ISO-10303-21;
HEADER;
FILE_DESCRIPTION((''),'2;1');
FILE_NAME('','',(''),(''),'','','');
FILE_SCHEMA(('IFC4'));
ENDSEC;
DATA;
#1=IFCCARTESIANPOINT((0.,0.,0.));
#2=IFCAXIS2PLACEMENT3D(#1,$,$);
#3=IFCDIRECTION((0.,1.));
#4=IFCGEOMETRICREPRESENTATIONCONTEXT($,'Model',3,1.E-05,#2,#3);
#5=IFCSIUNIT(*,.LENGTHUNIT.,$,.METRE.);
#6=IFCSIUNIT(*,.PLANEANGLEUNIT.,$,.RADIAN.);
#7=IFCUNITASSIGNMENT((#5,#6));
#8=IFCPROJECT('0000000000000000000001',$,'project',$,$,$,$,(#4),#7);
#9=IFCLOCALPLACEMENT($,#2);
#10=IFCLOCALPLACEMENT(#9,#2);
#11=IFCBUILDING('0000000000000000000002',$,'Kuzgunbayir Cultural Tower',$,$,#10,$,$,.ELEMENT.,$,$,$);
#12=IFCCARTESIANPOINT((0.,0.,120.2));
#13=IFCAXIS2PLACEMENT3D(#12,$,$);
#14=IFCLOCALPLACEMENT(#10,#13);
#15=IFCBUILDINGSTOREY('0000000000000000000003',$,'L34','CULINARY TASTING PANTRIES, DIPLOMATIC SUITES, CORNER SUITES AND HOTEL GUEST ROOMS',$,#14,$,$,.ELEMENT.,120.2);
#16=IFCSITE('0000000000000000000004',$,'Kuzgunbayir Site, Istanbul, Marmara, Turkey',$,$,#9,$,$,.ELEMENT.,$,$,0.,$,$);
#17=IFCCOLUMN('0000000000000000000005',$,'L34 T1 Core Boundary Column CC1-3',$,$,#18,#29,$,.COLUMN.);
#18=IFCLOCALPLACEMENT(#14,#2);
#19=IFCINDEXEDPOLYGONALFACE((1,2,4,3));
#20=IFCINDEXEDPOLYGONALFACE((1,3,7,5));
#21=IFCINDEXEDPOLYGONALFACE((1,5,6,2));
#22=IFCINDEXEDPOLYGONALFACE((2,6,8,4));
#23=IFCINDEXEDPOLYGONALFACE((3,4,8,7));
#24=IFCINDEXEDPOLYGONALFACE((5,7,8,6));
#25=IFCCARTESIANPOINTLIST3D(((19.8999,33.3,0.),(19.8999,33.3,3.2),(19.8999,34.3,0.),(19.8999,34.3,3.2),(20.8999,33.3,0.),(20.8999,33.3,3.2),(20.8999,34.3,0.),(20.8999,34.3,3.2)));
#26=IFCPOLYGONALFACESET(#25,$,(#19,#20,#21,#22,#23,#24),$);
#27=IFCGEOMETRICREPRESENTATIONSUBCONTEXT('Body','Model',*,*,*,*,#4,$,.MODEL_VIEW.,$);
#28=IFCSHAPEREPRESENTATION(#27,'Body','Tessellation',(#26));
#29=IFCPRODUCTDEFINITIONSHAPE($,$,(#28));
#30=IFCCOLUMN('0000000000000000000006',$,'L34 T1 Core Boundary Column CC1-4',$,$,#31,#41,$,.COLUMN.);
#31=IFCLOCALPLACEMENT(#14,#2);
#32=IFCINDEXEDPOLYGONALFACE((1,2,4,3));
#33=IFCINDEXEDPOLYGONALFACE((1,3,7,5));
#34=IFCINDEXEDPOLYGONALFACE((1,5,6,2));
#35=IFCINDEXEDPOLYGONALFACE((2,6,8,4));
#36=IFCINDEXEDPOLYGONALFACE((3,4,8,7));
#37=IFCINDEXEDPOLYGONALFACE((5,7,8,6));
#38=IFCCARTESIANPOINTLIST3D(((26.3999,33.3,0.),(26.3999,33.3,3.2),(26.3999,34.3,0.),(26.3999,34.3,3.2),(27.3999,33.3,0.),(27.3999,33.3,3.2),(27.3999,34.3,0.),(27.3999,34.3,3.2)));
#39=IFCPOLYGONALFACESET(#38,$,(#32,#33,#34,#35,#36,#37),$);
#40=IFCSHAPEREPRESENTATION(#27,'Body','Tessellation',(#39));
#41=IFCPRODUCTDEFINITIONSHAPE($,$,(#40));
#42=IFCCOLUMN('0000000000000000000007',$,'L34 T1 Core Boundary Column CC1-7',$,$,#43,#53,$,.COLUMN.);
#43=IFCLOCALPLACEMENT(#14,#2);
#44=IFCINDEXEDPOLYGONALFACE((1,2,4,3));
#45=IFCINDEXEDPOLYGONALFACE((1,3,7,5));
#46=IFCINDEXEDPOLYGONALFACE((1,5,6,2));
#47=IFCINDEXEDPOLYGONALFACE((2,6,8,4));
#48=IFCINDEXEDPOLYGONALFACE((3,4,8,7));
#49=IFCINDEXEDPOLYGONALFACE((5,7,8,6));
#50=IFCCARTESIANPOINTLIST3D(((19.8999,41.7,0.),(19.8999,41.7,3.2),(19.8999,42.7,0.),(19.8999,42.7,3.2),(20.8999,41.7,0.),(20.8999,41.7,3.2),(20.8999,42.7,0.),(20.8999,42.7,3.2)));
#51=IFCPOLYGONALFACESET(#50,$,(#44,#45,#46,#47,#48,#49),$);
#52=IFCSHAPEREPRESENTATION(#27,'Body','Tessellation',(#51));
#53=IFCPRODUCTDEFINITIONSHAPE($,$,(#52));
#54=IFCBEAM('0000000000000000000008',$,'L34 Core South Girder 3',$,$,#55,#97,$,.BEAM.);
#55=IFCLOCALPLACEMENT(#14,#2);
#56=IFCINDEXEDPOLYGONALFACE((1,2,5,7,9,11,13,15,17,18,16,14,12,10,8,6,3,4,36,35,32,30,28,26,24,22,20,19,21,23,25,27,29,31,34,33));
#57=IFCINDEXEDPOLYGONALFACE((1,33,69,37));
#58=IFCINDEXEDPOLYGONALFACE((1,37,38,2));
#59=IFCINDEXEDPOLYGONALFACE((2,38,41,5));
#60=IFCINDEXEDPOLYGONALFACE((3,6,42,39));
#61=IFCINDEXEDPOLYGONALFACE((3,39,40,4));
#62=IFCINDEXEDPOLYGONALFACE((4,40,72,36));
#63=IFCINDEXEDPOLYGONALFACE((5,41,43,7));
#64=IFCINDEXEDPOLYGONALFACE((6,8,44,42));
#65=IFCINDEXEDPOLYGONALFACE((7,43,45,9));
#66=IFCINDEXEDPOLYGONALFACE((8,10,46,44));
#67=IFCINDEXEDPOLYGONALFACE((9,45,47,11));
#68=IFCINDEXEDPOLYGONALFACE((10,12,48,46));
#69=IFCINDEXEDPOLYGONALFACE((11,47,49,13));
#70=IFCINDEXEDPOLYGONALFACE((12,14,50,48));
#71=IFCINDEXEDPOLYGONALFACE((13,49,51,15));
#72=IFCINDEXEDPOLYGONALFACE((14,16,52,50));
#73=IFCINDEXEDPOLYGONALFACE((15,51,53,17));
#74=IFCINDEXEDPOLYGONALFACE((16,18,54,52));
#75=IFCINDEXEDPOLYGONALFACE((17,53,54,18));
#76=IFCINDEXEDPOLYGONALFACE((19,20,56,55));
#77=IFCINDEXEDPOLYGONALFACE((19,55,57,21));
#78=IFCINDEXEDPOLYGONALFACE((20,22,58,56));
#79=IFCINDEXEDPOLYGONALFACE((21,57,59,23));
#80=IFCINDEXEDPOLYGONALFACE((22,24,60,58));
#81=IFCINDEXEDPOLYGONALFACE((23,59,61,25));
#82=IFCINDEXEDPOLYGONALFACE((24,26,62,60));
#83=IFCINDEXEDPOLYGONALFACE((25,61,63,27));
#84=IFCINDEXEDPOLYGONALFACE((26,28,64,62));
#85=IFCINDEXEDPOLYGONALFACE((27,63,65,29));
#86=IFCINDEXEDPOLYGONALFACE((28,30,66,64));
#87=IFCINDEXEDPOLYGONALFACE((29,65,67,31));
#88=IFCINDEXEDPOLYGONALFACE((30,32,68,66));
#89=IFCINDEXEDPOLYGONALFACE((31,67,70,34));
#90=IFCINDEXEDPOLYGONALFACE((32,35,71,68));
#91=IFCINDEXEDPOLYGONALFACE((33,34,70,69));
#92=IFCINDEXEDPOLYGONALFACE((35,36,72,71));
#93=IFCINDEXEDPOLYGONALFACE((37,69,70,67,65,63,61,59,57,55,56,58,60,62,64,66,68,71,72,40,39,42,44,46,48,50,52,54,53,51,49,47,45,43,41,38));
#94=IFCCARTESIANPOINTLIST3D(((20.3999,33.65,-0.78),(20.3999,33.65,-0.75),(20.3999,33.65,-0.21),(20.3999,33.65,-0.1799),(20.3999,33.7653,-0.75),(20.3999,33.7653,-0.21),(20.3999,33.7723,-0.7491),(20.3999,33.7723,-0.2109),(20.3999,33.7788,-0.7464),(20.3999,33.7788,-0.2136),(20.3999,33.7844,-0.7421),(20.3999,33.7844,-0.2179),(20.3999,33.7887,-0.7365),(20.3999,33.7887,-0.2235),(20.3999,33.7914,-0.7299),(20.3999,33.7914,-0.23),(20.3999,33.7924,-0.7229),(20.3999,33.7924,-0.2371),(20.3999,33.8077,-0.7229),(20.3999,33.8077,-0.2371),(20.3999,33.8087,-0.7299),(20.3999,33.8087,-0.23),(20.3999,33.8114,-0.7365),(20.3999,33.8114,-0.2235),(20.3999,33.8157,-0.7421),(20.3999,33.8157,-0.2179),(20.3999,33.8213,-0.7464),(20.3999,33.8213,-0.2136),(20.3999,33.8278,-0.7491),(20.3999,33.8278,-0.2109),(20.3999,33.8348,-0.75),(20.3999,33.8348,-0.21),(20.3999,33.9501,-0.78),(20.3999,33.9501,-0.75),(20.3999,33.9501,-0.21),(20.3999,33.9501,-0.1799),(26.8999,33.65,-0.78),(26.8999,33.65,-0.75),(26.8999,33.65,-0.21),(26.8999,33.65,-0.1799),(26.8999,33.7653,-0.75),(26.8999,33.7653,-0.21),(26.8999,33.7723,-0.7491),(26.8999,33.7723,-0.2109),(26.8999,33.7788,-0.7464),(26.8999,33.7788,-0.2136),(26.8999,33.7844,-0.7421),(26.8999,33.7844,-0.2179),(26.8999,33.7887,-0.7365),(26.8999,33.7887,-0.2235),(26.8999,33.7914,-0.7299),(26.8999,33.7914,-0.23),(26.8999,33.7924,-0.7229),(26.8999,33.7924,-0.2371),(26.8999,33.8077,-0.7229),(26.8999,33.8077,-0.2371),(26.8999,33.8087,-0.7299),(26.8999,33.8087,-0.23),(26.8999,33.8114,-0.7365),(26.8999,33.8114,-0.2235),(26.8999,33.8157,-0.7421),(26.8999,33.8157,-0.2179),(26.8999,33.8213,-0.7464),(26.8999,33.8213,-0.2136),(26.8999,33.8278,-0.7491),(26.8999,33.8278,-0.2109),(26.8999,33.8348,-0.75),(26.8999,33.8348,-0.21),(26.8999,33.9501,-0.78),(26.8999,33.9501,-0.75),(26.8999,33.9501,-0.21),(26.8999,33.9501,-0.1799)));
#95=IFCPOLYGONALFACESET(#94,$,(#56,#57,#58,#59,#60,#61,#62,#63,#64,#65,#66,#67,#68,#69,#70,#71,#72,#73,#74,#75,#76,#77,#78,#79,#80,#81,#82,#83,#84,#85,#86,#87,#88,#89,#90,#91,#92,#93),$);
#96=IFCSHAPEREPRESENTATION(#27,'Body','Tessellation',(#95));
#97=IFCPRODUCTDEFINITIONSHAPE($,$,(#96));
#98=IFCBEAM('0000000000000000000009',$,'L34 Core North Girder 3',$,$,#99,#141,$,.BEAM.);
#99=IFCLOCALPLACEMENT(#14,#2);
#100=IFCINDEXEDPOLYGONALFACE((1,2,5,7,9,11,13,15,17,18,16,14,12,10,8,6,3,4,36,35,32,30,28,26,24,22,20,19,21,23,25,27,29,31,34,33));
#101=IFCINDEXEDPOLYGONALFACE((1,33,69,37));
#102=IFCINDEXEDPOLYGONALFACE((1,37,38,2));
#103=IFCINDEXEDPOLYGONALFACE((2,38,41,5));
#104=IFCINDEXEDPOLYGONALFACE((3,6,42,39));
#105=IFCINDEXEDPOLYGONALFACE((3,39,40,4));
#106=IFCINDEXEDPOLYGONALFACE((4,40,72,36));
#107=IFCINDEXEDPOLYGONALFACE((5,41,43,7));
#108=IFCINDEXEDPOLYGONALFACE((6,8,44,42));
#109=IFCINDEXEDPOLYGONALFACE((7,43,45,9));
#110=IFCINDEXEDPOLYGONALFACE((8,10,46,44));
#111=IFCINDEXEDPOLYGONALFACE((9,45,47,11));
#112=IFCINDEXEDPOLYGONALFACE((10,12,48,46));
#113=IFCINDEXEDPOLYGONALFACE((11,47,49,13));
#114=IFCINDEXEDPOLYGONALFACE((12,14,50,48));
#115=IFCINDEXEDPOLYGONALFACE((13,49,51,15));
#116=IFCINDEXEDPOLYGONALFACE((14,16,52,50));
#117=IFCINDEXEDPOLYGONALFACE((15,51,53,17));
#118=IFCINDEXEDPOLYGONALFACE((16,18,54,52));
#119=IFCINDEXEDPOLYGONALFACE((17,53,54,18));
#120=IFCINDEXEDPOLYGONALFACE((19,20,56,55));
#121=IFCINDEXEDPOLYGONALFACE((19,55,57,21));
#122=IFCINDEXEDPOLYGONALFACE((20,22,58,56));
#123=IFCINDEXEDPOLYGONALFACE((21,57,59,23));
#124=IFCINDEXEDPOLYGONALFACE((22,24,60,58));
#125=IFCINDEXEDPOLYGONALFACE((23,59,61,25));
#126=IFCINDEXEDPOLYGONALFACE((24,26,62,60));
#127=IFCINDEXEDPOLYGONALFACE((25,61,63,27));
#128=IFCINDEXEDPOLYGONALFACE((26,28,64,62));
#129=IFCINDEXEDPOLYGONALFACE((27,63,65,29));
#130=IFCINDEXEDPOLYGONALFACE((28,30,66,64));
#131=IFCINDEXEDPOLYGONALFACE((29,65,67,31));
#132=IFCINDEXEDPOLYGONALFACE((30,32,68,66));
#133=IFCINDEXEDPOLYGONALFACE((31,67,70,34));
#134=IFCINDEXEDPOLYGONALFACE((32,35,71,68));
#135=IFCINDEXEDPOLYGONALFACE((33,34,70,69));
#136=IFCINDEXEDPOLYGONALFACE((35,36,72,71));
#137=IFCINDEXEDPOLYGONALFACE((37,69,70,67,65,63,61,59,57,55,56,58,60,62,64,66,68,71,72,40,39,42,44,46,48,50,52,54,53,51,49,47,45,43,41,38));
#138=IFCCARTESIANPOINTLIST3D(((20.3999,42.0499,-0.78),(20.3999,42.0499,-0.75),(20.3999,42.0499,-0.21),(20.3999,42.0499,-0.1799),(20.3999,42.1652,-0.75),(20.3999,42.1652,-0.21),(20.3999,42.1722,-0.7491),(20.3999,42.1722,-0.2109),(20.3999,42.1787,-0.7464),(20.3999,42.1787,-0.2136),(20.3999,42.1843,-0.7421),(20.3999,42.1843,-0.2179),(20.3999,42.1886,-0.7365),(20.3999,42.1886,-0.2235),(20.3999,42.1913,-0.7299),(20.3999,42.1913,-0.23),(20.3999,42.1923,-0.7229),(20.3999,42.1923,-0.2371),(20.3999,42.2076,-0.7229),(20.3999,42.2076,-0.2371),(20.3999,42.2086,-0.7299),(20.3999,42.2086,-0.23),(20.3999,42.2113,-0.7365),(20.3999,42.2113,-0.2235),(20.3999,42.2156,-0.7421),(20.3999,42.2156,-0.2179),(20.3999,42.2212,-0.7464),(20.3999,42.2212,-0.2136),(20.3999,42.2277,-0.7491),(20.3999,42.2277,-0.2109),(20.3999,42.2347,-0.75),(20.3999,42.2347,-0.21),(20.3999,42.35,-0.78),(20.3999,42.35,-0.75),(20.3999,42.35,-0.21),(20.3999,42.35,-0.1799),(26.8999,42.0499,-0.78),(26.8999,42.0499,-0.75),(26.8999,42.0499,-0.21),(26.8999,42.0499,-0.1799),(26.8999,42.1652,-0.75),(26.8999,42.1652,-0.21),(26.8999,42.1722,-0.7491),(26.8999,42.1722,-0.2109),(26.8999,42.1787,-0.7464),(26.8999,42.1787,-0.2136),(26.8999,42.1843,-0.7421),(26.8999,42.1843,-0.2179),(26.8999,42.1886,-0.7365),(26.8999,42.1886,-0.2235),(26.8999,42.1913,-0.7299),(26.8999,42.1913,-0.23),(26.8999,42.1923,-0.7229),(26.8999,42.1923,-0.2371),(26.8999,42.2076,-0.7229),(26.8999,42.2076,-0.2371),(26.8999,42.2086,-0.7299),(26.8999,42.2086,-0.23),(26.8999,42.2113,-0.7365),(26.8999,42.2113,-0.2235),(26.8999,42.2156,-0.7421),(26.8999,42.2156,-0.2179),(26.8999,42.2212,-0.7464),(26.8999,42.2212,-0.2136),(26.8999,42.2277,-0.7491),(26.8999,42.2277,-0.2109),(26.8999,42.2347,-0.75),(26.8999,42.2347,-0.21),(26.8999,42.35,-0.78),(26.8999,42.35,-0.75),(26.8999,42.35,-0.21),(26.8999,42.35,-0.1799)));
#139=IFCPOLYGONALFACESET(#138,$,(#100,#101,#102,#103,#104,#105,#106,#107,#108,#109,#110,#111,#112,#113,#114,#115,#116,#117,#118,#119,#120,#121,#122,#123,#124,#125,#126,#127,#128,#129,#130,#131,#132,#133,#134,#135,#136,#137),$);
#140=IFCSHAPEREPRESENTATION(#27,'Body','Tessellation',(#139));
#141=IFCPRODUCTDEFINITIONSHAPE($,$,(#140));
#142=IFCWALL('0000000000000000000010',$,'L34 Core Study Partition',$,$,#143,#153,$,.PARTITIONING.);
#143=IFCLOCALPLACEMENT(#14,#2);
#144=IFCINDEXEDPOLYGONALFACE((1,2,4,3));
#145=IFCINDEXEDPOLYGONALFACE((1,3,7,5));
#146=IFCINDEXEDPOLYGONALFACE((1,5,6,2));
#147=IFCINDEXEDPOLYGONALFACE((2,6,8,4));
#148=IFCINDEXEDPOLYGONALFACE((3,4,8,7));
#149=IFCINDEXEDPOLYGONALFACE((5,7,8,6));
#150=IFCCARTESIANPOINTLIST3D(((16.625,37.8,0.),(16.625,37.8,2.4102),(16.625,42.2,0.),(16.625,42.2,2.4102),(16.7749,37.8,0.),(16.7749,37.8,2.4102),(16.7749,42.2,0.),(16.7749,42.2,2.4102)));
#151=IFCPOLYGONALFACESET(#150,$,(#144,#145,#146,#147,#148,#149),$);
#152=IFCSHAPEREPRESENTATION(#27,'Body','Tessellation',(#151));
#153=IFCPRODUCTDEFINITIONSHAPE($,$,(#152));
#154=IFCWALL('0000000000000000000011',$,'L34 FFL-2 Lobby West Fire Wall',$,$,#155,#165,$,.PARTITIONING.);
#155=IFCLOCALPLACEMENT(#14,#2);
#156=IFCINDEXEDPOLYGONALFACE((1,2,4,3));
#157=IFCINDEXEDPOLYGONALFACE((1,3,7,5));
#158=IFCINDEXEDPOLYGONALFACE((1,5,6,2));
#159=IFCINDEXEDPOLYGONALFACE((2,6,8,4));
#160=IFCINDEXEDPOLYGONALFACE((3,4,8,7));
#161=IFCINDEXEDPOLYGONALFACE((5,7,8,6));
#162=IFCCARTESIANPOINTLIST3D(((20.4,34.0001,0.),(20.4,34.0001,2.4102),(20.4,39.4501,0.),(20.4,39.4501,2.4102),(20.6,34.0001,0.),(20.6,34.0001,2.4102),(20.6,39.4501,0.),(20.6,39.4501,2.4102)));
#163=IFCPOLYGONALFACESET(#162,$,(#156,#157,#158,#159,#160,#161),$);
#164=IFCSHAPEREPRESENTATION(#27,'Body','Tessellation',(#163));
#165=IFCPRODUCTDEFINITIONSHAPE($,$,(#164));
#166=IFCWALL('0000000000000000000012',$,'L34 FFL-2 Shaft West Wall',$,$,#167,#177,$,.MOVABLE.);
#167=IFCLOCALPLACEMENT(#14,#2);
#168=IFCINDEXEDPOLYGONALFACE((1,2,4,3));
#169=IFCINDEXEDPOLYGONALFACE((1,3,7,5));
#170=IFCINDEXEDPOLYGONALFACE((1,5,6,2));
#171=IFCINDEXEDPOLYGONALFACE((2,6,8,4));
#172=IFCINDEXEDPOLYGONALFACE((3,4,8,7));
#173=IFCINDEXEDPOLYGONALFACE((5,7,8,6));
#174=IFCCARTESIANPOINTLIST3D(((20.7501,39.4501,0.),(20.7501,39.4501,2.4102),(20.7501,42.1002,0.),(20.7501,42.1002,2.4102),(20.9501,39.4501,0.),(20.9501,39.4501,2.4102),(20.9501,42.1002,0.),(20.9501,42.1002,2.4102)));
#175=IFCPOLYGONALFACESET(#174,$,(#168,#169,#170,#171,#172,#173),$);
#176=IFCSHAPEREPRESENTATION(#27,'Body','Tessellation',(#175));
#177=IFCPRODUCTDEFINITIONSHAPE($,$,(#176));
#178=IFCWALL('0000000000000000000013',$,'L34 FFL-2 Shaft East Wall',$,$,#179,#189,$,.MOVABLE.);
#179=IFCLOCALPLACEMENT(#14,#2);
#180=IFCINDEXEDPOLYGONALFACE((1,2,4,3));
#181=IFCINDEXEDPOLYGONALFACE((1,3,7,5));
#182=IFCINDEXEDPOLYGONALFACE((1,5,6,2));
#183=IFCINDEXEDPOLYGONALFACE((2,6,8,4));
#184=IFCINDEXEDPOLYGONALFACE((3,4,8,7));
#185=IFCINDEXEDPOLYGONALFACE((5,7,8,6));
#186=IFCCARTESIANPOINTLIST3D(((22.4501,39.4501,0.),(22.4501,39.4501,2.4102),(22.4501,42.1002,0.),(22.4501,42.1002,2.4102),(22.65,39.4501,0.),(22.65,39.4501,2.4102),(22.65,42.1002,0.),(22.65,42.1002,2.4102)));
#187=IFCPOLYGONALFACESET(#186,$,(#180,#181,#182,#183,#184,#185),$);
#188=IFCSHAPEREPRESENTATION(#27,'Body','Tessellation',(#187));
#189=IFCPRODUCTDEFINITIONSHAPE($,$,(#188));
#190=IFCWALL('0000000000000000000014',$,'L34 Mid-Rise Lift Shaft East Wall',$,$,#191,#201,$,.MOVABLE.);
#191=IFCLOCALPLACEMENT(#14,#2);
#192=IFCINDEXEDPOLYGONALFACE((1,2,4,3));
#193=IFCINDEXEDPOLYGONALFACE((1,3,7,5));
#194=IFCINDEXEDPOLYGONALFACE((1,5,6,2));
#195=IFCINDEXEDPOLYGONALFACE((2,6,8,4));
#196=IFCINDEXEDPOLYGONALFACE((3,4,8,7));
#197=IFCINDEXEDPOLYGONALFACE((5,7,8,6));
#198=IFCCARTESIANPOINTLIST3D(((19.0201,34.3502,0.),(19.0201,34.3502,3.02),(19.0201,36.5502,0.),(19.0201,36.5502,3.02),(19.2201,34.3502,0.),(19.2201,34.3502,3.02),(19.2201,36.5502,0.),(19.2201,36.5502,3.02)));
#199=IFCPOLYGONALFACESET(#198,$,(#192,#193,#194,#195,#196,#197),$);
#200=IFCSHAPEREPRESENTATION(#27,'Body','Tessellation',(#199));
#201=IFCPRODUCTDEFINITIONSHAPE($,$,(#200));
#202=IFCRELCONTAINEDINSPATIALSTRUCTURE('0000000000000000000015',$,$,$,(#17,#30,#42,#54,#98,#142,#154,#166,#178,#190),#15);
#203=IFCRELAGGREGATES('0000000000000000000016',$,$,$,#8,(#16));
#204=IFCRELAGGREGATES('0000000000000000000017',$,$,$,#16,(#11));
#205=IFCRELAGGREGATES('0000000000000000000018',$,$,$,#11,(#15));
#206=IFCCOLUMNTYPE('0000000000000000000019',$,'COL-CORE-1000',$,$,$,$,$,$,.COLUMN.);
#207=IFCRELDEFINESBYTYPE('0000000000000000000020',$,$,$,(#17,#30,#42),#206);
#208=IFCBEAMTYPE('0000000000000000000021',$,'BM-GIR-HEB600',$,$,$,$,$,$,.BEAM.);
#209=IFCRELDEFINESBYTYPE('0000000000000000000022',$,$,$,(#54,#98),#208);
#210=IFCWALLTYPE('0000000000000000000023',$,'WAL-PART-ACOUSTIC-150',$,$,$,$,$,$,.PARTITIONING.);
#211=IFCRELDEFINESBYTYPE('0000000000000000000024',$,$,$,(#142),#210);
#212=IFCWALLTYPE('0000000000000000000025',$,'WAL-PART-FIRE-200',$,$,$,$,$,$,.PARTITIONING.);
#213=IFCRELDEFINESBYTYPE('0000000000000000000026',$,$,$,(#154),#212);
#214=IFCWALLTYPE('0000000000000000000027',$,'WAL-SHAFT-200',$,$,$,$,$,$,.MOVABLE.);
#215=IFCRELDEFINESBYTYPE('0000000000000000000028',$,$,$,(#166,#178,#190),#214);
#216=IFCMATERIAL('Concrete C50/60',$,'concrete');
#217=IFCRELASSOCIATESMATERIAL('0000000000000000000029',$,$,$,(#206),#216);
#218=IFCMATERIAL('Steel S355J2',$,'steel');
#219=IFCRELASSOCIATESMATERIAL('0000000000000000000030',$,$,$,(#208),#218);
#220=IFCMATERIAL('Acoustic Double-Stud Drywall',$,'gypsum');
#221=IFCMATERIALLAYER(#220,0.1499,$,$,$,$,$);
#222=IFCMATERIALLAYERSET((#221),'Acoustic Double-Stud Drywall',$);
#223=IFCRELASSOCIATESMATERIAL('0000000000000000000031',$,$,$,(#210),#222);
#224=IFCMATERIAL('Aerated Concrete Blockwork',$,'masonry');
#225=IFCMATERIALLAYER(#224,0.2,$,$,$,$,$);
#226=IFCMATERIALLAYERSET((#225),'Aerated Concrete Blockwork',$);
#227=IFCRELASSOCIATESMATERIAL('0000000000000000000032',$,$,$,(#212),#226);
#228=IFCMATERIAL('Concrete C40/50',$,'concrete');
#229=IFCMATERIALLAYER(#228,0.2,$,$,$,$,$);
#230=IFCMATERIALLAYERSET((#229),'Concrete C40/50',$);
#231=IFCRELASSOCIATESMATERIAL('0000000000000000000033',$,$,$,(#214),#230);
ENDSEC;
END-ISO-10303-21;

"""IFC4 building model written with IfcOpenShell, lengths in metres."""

from ifc_helpers import new_model, si_unit, direction, frame, frame_2d, origin, origin_2d, place, context, subcontext, project, spatial, rectangle, i_section, extrude, material, layer, layer_set, material_profile, profile_set, type_object, element, save


model = new_model("IFC4")

# Units and contexts
model_context = context("Model", 3, precision=1e-05, world=origin(), true_north=direction((0.0, 1.0)))
body_context = subcontext(model_context, "Body", "Model", "MODEL_VIEW")
ifc_project = project(units=[si_unit("LENGTHUNIT", "METRE"), si_unit("PLANEANGLEUNIT", "RADIAN")], contexts=[model_context])

# Site, building, storey
site_placement = place(None, origin())
site = spatial("IfcSite", under=ifc_project, at=site_placement, Name="Kuzgunbayir Site, Istanbul, Marmara, Turkey", CompositionType="ELEMENT", RefElevation=0.0)
building_placement = place(site_placement, origin())
building = spatial("IfcBuilding", under=site, at=building_placement, Name="Kuzgunbayir Cultural Tower", CompositionType="ELEMENT")
storey_placement = place(building_placement, frame((0.0, 0.0, 120.2)))
storey = spatial("IfcBuildingStorey", under=building, at=storey_placement, Name="L34", Description="CULINARY TASTING PANTRIES, DIPLOMATIC SUITES, CORNER SUITES AND HOTEL GUEST ROOMS", CompositionType="ELEMENT", Elevation=120.2)

# Columns
ifc_material_1 = material(Name="Concrete C50/60", Category="concrete")
ifc_material_profile_1 = material_profile(ifc_material_1, rectangle(XDim=1.0, YDim=1.0, at=origin_2d()), Name="RC 1000x1000")
ifc_profile_set_1 = profile_set([ifc_material_profile_1], Name="Concrete C50/60")
column_type = type_object("IfcColumnType", Name="COL-CORE-1000", PredefinedType="COLUMN", material=ifc_profile_set_1)
for number, where, z_axis, x_axis, name in (
    (1, (20.3999, 33.8, 0.0), (0.0, 0.0, 1.0), (1.0, 0.0, 0.0), "L34 T1 Core Boundary Column CC1-3"),
    (2, (26.8999, 33.8, 0.0), (0.0, 0.0, 1.0), (1.0, 0.0, 0.0), "L34 T1 Core Boundary Column CC1-4"),
    (3, (20.3999, 42.2, 0.0), (0.0, 0.0, 1.0), (1.0, 0.0, 0.0), "L34 T1 Core Boundary Column CC1-7"),
):
    element("IfcColumn", number, at=place(storey_placement, frame(where, z_axis=z_axis, x_axis=x_axis)), inside=storey, type_object=column_type, Name=name, PredefinedType="COLUMN", context=body_context, shape_type="SweptSolid", body=[
        extrude(rectangle(XDim=1.0, YDim=1.0, at=origin_2d()), origin(), (0.0, 0.0, 1.0), 3.2),
    ])

# Beams
ifc_material_2 = material(Name="Steel S355J2", Category="steel")
ifc_material_profile_2 = material_profile(ifc_material_2, i_section(OverallWidth=0.3, OverallDepth=0.6001, WebThickness=0.0154, FlangeThickness=0.03, FilletRadius=0.0271, at=origin_2d()), Name="HEB 600")
ifc_profile_set_2 = profile_set([ifc_material_profile_2], Name="Steel S355J2")
beam_type = type_object("IfcBeamType", Name="BM-GIR-HEB600", PredefinedType="BEAM", material=ifc_profile_set_2)
for number, where, z_axis, x_axis, name in (
    (4, (20.3999, 33.8, -0.48), (1.0, 0.0, 0.0), (0.0, 1.0, 0.0), "L34 Core South Girder 3"),
    (5, (20.3999, 42.2, -0.48), (1.0, 0.0, 0.0), (0.0, 1.0, 0.0), "L34 Core North Girder 3"),
):
    element("IfcBeam", number, at=place(storey_placement, frame(where, z_axis=z_axis, x_axis=x_axis)), inside=storey, type_object=beam_type, Name=name, PredefinedType="BEAM", context=body_context, shape_type="SweptSolid", body=[
        extrude(i_section(OverallWidth=0.3, OverallDepth=0.6001, WebThickness=0.0154, FlangeThickness=0.03, FilletRadius=0.0271, at=origin_2d()), origin(), (0.0, 0.0, 1.0), 6.5),
    ])

# Walls
ifc_material_3 = material(Name="Acoustic Double-Stud Drywall", Category="gypsum")
ifc_layer_1 = layer(ifc_material_3, 0.1499)
ifc_layer_set_1 = layer_set([ifc_layer_1], Name="Acoustic Double-Stud Drywall")
wall_type_1 = type_object("IfcWallType", Name="WAL-PART-ACOUSTIC-150", PredefinedType="PARTITIONING", material=ifc_layer_set_1)
wall_1_placement = place(storey_placement, frame((16.7, 37.8, 0.0), z_axis=(0.0, 0.0, 1.0), x_axis=(0.0, 1.0, 0.0)))
element("IfcWall", 6, at=wall_1_placement, inside=storey, type_object=wall_type_1, Name="L34 Core Study Partition", PredefinedType="PARTITIONING", context=body_context, shape_type="SweptSolid", body=[
    extrude(rectangle(XDim=4.3999, YDim=0.1499, at=frame_2d((2.2, 0.0))), origin(), (0.0, 0.0, 1.0), 2.4102),
])
ifc_material_4 = material(Name="Aerated Concrete Blockwork", Category="masonry")
ifc_layer_2 = layer(ifc_material_4, 0.2)
ifc_layer_set_2 = layer_set([ifc_layer_2], Name="Aerated Concrete Blockwork")
wall_type_2 = type_object("IfcWallType", Name="WAL-PART-FIRE-200", PredefinedType="PARTITIONING", material=ifc_layer_set_2)
wall_2_placement = place(storey_placement, frame((20.5, 34.0, 0.0), z_axis=(0.0, 0.0, 1.0), x_axis=(0.0, 1.0, 0.0)))
element("IfcWall", 7, at=wall_2_placement, inside=storey, type_object=wall_type_2, Name="L34 FFL-2 Lobby West Fire Wall", PredefinedType="PARTITIONING", context=body_context, shape_type="SweptSolid", body=[
    extrude(rectangle(XDim=5.45, YDim=0.2, at=frame_2d((2.7251, 0.0))), origin(), (0.0, 0.0, 1.0), 2.4102),
])

# Shared definitions
ifc_material_5 = material(Name="Concrete C40/50", Category="concrete")
ifc_layer_3 = layer(ifc_material_5, 0.2)
ifc_layer_set_3 = layer_set([ifc_layer_3], Name="Concrete C40/50")
wall_type_3 = type_object("IfcWallType", Name="WAL-SHAFT-200", PredefinedType="MOVABLE", material=ifc_layer_set_3)

# Walls
for number, where, z_axis, x_axis, name in (
    (8, (20.8501, 39.45, 0.0), (0.0, 0.0, 1.0), (0.0, 1.0, 0.0), "L34 FFL-2 Shaft West Wall"),
    (9, (22.55, 39.45, 0.0), (0.0, 0.0, 1.0), (0.0, 1.0, 0.0), "L34 FFL-2 Shaft East Wall"),
):
    element("IfcWall", number, at=place(storey_placement, frame(where, z_axis=z_axis, x_axis=x_axis)), inside=storey, type_object=wall_type_3, Name=name, PredefinedType="MOVABLE", context=body_context, shape_type="SweptSolid", body=[
        extrude(rectangle(XDim=2.6501, YDim=0.2, at=frame_2d((1.3252, 0.0))), origin(), (0.0, 0.0, 1.0), 2.4102),
    ])
wall_3_placement = place(storey_placement, frame((19.1201, 34.3501, 0.0), z_axis=(0.0, 0.0, 1.0), x_axis=(0.0, 1.0, 0.0)))
element("IfcWall", 10, at=wall_3_placement, inside=storey, type_object=wall_type_3, Name="L34 Mid-Rise Lift Shaft East Wall", PredefinedType="MOVABLE", context=body_context, shape_type="SweptSolid", body=[
    extrude(rectangle(XDim=2.2, YDim=0.2, at=frame_2d((1.1001, 0.0))), origin(), (0.0, 0.0, 1.0), 3.02),
])

save(model, "model.ifc")
